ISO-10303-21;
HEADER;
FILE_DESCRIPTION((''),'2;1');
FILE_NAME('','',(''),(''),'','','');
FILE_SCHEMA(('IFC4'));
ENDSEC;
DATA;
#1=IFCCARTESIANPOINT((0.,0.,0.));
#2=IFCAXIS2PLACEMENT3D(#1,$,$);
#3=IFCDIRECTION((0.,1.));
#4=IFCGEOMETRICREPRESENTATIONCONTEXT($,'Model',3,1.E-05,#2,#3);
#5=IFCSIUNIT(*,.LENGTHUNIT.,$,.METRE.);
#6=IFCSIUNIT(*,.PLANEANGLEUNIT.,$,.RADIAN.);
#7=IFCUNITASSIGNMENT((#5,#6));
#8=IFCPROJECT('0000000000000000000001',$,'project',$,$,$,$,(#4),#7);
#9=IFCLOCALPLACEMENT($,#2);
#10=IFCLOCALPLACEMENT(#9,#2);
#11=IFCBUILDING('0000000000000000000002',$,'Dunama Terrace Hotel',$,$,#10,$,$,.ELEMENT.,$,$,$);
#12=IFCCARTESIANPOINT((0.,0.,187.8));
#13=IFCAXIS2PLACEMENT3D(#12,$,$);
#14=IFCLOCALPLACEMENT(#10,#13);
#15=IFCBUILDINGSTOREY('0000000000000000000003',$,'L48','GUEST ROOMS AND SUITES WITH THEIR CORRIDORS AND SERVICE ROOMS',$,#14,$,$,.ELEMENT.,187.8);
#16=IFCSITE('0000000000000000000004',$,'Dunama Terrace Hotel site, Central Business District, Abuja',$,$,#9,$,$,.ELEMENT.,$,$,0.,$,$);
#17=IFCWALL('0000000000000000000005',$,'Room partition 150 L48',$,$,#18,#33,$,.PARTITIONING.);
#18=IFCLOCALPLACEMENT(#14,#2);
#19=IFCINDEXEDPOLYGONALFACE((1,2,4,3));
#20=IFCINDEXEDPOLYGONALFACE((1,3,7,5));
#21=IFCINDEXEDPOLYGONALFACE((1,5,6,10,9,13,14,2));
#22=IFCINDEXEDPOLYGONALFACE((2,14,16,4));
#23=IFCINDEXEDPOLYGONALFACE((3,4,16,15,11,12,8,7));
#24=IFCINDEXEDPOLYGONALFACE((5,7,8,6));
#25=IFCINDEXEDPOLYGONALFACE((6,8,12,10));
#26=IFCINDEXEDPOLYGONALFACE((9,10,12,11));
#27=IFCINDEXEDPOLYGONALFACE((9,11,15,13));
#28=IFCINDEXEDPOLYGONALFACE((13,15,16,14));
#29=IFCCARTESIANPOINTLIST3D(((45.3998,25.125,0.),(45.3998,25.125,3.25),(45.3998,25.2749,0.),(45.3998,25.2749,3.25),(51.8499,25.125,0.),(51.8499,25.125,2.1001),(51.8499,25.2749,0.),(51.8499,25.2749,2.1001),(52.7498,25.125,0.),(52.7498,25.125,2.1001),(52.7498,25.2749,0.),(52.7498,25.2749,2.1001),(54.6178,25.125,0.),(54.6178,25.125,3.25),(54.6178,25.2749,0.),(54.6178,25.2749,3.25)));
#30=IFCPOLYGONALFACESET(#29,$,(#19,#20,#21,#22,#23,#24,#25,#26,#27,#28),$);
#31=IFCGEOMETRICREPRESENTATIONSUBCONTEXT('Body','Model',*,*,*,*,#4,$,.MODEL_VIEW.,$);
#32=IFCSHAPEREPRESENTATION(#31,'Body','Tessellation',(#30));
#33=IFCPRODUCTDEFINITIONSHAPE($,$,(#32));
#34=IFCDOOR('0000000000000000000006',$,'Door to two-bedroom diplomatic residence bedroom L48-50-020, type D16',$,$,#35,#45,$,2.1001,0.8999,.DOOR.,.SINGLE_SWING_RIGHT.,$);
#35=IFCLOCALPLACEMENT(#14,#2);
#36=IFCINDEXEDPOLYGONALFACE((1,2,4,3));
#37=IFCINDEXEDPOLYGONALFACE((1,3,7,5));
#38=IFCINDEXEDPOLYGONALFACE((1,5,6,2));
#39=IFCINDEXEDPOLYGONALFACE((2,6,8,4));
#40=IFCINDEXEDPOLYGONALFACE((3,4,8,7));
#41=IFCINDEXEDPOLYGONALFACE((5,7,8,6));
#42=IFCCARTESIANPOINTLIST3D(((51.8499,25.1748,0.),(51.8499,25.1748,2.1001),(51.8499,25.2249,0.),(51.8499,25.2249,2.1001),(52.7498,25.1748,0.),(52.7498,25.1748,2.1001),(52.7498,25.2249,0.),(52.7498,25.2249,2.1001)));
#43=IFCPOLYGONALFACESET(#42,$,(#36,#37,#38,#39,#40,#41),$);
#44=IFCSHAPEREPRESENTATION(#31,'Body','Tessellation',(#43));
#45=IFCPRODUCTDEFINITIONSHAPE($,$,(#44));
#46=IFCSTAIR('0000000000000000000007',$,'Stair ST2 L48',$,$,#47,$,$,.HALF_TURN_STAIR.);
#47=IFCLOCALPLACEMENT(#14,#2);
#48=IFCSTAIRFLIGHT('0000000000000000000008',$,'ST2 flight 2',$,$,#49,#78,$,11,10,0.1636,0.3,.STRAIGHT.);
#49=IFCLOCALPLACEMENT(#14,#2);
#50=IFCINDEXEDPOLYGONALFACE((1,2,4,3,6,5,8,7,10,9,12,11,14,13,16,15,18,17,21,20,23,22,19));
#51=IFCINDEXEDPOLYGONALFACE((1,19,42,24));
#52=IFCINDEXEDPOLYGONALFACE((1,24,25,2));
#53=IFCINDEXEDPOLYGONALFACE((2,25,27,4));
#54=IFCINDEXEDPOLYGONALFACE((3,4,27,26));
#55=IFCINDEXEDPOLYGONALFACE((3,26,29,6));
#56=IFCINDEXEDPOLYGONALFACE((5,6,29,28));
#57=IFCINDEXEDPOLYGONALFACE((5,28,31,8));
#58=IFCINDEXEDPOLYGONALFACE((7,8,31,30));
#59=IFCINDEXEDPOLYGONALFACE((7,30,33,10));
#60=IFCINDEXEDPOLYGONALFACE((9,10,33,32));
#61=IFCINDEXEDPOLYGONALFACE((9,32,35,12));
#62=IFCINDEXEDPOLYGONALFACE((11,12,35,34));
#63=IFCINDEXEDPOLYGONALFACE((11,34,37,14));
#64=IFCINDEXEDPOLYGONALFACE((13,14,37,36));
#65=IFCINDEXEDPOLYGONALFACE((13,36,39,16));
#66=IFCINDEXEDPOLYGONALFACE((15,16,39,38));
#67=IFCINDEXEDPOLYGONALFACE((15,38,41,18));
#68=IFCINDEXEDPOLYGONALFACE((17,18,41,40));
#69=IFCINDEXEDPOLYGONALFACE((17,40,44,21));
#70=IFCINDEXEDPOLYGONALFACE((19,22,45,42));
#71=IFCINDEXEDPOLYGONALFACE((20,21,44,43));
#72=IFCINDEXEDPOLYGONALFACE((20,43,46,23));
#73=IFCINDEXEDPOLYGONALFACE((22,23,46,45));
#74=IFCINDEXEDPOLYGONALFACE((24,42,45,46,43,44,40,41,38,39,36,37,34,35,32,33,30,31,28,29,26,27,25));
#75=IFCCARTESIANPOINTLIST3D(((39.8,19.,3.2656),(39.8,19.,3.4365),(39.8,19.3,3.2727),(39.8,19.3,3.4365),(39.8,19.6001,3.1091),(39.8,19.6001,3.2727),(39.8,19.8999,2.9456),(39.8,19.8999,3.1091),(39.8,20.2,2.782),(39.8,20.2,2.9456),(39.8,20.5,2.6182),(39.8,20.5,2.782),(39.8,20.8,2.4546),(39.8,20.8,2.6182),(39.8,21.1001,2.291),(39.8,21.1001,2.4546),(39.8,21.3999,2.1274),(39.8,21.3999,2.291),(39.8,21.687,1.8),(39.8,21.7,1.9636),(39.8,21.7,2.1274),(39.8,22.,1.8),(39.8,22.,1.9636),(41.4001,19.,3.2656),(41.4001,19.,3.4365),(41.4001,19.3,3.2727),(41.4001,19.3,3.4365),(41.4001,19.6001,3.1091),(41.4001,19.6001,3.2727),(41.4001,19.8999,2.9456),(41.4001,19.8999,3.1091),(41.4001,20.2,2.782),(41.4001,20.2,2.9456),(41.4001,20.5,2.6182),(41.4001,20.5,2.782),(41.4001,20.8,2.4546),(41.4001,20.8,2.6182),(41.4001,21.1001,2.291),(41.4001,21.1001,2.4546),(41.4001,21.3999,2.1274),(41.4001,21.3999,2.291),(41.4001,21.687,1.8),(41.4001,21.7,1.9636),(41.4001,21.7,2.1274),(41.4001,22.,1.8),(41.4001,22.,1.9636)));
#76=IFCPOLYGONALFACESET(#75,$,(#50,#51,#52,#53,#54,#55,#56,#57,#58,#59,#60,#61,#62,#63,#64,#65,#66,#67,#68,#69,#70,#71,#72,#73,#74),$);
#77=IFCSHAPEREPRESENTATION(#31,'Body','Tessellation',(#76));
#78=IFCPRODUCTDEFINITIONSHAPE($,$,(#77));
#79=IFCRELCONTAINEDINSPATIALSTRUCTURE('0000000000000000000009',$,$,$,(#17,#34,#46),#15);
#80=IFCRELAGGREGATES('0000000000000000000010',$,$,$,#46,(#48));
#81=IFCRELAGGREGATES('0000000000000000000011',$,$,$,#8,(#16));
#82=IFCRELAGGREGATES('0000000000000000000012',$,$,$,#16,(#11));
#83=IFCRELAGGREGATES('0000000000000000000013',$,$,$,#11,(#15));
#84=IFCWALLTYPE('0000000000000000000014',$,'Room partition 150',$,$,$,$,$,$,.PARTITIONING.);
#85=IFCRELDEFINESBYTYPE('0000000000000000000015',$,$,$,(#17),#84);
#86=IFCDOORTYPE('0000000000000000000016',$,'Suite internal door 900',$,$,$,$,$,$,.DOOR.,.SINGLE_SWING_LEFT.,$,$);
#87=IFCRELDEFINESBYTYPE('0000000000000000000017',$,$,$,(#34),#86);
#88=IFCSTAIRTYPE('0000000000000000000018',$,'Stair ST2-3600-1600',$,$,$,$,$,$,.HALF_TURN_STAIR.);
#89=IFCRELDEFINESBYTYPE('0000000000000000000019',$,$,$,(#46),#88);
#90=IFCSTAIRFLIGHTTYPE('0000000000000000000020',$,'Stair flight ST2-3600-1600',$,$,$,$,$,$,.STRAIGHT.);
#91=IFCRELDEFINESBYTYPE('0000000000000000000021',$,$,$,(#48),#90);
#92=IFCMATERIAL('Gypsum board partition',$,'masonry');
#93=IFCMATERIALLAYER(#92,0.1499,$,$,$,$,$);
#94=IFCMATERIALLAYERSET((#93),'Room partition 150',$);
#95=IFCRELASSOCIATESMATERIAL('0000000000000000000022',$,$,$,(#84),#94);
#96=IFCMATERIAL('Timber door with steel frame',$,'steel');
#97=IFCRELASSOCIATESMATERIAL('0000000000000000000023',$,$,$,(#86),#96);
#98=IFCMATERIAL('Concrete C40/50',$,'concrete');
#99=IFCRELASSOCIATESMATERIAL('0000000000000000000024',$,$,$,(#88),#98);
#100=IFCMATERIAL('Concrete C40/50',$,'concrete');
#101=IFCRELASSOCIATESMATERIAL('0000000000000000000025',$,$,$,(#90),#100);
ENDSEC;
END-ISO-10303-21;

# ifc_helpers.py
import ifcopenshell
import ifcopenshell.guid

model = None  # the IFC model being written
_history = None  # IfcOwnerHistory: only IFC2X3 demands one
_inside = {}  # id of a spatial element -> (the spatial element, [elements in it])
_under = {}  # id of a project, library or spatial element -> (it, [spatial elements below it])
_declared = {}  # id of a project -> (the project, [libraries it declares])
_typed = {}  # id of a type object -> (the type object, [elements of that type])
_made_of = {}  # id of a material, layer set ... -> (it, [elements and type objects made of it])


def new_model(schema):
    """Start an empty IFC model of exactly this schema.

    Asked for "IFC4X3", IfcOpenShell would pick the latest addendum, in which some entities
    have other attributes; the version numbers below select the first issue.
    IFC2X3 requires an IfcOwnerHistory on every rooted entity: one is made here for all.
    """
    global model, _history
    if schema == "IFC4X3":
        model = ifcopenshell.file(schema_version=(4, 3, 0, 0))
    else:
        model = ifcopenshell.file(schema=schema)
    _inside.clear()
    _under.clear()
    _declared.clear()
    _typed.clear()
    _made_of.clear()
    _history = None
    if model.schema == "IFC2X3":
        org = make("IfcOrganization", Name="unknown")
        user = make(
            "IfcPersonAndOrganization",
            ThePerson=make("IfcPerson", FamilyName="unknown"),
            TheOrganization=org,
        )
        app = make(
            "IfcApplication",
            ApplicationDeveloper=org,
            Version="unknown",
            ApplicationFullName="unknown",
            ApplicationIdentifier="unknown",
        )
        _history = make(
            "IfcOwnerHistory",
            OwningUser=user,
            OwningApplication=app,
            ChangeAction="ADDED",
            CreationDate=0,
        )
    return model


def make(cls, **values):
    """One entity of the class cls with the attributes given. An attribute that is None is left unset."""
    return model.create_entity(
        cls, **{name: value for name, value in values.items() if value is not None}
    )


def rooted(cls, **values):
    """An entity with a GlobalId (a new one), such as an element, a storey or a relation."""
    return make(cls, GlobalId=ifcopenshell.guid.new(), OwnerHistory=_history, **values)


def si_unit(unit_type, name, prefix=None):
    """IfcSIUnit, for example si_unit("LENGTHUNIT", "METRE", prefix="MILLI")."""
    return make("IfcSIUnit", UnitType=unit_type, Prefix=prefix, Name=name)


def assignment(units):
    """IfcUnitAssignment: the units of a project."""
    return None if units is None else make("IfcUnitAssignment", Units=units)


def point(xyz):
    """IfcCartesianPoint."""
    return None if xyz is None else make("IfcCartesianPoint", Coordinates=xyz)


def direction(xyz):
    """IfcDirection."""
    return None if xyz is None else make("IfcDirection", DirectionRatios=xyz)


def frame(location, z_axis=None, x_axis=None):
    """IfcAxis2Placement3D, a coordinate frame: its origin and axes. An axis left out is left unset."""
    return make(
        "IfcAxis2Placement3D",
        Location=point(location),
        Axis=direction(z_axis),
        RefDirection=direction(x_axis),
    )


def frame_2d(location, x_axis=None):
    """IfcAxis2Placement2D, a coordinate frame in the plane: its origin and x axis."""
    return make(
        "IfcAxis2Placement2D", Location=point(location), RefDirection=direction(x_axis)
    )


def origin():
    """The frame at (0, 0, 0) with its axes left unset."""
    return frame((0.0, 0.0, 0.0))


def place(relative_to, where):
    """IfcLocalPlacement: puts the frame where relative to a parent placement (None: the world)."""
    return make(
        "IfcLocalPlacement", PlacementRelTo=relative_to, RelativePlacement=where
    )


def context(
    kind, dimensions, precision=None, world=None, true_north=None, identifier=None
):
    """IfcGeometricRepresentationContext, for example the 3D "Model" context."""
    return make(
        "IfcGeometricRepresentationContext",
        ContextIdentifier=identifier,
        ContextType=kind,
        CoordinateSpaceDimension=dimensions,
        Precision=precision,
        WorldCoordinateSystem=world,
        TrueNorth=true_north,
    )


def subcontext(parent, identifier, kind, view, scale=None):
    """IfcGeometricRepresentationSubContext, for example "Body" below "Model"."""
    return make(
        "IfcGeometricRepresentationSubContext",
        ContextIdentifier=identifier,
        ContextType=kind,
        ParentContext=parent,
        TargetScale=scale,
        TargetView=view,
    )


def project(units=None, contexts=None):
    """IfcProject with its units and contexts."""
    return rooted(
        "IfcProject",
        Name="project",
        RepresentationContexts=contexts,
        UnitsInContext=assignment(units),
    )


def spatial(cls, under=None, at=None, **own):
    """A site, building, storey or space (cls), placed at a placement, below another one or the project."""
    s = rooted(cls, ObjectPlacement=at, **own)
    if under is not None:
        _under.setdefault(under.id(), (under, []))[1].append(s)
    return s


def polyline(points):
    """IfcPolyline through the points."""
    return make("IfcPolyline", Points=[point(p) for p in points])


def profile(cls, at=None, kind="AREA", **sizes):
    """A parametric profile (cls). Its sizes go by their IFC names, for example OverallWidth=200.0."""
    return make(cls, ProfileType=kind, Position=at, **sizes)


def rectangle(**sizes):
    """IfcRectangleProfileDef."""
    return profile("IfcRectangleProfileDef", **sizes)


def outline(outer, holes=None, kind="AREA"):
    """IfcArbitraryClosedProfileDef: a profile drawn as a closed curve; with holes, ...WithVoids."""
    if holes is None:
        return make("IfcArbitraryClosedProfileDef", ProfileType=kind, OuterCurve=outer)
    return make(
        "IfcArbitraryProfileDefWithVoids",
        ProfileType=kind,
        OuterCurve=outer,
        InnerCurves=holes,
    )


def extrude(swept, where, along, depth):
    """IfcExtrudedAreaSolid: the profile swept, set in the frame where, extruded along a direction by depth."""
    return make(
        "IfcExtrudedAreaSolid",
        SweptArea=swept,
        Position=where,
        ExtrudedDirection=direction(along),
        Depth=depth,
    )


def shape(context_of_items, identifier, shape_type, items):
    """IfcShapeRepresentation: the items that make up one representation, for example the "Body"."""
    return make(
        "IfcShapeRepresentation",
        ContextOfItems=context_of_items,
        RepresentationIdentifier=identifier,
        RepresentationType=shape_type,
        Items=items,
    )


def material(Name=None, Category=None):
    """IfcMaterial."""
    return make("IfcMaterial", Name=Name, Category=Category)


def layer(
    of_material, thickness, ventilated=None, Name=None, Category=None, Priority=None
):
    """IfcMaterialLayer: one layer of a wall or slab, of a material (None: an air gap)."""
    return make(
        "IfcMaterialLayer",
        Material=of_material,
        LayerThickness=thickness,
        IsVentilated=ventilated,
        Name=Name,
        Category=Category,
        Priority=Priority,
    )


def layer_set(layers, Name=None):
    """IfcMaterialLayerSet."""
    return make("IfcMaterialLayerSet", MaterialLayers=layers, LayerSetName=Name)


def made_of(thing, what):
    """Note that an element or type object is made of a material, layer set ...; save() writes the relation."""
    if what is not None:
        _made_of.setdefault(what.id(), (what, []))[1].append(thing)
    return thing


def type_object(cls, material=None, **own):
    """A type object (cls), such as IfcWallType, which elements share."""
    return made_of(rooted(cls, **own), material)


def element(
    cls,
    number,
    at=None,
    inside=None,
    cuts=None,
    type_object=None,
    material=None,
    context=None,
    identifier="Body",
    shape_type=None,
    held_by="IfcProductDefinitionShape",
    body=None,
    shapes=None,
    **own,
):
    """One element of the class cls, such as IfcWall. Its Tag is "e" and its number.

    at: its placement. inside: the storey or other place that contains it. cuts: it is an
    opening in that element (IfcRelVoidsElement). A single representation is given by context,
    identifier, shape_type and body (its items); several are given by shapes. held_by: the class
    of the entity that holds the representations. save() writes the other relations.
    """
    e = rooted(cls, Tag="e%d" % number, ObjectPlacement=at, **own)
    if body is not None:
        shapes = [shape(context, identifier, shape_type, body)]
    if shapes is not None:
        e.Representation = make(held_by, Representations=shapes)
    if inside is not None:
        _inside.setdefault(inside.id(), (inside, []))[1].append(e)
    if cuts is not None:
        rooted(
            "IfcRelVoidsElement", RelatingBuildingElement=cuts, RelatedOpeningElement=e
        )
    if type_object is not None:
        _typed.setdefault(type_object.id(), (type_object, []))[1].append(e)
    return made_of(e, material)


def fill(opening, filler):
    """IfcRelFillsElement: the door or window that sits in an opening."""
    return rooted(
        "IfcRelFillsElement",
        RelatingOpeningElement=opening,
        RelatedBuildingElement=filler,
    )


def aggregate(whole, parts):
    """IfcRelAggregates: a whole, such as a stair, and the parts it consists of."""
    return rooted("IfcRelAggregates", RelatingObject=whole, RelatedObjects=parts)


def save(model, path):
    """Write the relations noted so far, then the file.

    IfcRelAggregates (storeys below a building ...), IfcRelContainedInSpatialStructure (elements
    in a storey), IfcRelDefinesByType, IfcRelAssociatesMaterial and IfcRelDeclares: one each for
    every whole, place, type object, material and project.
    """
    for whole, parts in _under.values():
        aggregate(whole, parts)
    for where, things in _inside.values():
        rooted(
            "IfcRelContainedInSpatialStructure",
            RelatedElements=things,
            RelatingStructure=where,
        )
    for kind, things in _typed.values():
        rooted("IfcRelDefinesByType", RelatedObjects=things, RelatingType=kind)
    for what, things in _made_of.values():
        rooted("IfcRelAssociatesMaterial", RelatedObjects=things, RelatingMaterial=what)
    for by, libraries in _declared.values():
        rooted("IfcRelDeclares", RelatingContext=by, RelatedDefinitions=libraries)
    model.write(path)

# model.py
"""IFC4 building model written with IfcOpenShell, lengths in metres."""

from ifc_helpers import new_model, si_unit, direction, frame, frame_2d, origin, place, context, subcontext, project, spatial, polyline, rectangle, outline, extrude, material, layer, layer_set, type_object, element, fill, aggregate, save


model = new_model("IFC4")

# Units and contexts
model_context = context("Model", 3, precision=1e-05, world=origin(), true_north=direction((0.0, 1.0)))
body_context = subcontext(model_context, "Body", "Model", "MODEL_VIEW")
ifc_project = project(units=[si_unit("LENGTHUNIT", "METRE"), si_unit("PLANEANGLEUNIT", "RADIAN")], contexts=[model_context])

# Site, building, storey
site_placement = place(None, origin())
site = spatial("IfcSite", under=ifc_project, at=site_placement, Name="Dunama Terrace Hotel site, Central Business District, Abuja", CompositionType="ELEMENT", RefElevation=0.0)
building_placement = place(site_placement, origin())
building = spatial("IfcBuilding", under=site, at=building_placement, Name="Dunama Terrace Hotel", CompositionType="ELEMENT")
storey_placement = place(building_placement, frame((0.0, 0.0, 187.8)))
storey = spatial("IfcBuildingStorey", under=building, at=storey_placement, Name="L48", Description="GUEST ROOMS AND SUITES WITH THEIR CORRIDORS AND SERVICE ROOMS", CompositionType="ELEMENT", Elevation=187.8)

# Wall, opening, door
ifc_material_1 = material(Name="Gypsum board partition", Category="masonry")
ifc_layer_1 = layer(ifc_material_1, 0.1499)
ifc_layer_set_1 = layer_set([ifc_layer_1], Name="Room partition 150")
wall_type_1 = type_object("IfcWallType", Name="Room partition 150", PredefinedType="PARTITIONING", material=ifc_layer_set_1)
ifc_material_2 = material(Name="Timber door with steel frame", Category="steel")
door_type_1 = type_object("IfcDoorType", Name="Suite internal door 900", OperationType="SINGLE_SWING_LEFT", PredefinedType="DOOR", material=ifc_material_2)
wall_1_placement = place(storey_placement, frame((45.3999, 25.2, 0.0), z_axis=(0.0, 0.0, 1.0), x_axis=(1.0, 0.0, 0.0)))
wall_1 = element("IfcWall", 1, at=wall_1_placement, inside=storey, type_object=wall_type_1, Name="Room partition 150 L48", PredefinedType="PARTITIONING", context=body_context, shape_type="SweptSolid", body=[
    extrude(rectangle(XDim=9.218, YDim=0.1499, at=frame_2d((4.6089, 0.0))), origin(), (0.0, 0.0, 1.0), 3.25),
])
opening_1_placement = place(wall_1_placement, frame((6.45, 0.0, 0.0)))
opening_1 = element("IfcOpeningElement", 2, at=opening_1_placement, cuts=wall_1, PredefinedType="OPENING", context=body_context, shape_type="SweptSolid", body=[
    extrude(rectangle(XDim=0.8999, YDim=2.1001, at=frame_2d((0.45, 1.05))), frame((0.0, 0.085, 0.0), z_axis=(0.0, -1.0, 0.0), x_axis=(1.0, 0.0, 0.0)), (0.0, 0.0, 1.0), 0.1699),
])
door_1_placement = place(opening_1_placement, origin())
door_1 = element("IfcDoor", 3, at=door_1_placement, inside=storey, type_object=door_type_1, Name="Door to two-bedroom diplomatic residence bedroom L48-50-020, type D16", OperationType="SINGLE_SWING_RIGHT", OverallHeight=2.1001, OverallWidth=0.8999, PredefinedType="DOOR", context=body_context, shape_type="SweptSolid", body=[
    extrude(rectangle(XDim=0.8999, YDim=2.1001, at=frame_2d((0.45, 1.05))), frame((0.0, 0.0249, 0.0), z_axis=(0.0, -1.0, 0.0), x_axis=(1.0, 0.0, 0.0)), (0.0, 0.0, 1.0), 0.05),
])
fill(opening_1, door_1)

# Stair, stair flight
ifc_material_3 = material(Name="Concrete C40/50", Category="concrete")
stair_type = type_object("IfcStairType", Name="Stair ST2-3600-1600", PredefinedType="HALF_TURN_STAIR", material=ifc_material_3)
stair_placement = place(storey_placement, origin())
stair = element("IfcStair", 4, at=stair_placement, inside=storey, type_object=stair_type, Name="Stair ST2 L48", PredefinedType="HALF_TURN_STAIR")
ifc_material_4 = material(Name="Concrete C40/50", Category="concrete")
stair_flight_type = type_object("IfcStairFlightType", Name="Stair flight ST2-3600-1600", PredefinedType="STRAIGHT", material=ifc_material_4)
stair_flight_placement = place(storey_placement, frame((40.6001, 22.0, 1.8), z_axis=(0.0, 0.0, 1.0), x_axis=(0.0, -1.0, 0.0)))
stair_flight = element("IfcStairFlight", 5, at=stair_flight_placement, type_object=stair_flight_type, Name="ST2 flight 2", NumberOfRisers=11, NumberOfTreads=10, PredefinedType="STRAIGHT", RiserHeight=0.1636, TreadLength=0.3, context=body_context, shape_type="SweptSolid", body=[
    extrude(outline(polyline([(0.0, 0.0), (0.0, 0.1636), (0.3, 0.1636), (0.3, 0.3274), (0.6001, 0.3274), (0.6001, 0.491), (0.8999, 0.491), (0.8999, 0.6545), (1.2, 0.6545), (1.2, 0.8181), (1.5, 0.8181), (1.5, 0.9819), (1.8, 0.9819), (1.8, 1.1455), (2.1001, 1.1455), (2.1001, 1.3091), (2.3999, 1.3091), (2.3999, 1.4727), (2.7, 1.4727), (2.7, 1.6365), (3.0, 1.6365), (3.0, 1.8), (3.0, 1.4656), (0.313, 0.0), (0.0, 0.0)])), frame((0.0, 0.8, 0.0), z_axis=(0.0, -1.0, 0.0), x_axis=(1.0, 0.0, 0.0)), (0.0, 0.0, 1.0), 1.6001),
])
aggregate(stair, [stair_flight])

save(model, "model.ifc")
